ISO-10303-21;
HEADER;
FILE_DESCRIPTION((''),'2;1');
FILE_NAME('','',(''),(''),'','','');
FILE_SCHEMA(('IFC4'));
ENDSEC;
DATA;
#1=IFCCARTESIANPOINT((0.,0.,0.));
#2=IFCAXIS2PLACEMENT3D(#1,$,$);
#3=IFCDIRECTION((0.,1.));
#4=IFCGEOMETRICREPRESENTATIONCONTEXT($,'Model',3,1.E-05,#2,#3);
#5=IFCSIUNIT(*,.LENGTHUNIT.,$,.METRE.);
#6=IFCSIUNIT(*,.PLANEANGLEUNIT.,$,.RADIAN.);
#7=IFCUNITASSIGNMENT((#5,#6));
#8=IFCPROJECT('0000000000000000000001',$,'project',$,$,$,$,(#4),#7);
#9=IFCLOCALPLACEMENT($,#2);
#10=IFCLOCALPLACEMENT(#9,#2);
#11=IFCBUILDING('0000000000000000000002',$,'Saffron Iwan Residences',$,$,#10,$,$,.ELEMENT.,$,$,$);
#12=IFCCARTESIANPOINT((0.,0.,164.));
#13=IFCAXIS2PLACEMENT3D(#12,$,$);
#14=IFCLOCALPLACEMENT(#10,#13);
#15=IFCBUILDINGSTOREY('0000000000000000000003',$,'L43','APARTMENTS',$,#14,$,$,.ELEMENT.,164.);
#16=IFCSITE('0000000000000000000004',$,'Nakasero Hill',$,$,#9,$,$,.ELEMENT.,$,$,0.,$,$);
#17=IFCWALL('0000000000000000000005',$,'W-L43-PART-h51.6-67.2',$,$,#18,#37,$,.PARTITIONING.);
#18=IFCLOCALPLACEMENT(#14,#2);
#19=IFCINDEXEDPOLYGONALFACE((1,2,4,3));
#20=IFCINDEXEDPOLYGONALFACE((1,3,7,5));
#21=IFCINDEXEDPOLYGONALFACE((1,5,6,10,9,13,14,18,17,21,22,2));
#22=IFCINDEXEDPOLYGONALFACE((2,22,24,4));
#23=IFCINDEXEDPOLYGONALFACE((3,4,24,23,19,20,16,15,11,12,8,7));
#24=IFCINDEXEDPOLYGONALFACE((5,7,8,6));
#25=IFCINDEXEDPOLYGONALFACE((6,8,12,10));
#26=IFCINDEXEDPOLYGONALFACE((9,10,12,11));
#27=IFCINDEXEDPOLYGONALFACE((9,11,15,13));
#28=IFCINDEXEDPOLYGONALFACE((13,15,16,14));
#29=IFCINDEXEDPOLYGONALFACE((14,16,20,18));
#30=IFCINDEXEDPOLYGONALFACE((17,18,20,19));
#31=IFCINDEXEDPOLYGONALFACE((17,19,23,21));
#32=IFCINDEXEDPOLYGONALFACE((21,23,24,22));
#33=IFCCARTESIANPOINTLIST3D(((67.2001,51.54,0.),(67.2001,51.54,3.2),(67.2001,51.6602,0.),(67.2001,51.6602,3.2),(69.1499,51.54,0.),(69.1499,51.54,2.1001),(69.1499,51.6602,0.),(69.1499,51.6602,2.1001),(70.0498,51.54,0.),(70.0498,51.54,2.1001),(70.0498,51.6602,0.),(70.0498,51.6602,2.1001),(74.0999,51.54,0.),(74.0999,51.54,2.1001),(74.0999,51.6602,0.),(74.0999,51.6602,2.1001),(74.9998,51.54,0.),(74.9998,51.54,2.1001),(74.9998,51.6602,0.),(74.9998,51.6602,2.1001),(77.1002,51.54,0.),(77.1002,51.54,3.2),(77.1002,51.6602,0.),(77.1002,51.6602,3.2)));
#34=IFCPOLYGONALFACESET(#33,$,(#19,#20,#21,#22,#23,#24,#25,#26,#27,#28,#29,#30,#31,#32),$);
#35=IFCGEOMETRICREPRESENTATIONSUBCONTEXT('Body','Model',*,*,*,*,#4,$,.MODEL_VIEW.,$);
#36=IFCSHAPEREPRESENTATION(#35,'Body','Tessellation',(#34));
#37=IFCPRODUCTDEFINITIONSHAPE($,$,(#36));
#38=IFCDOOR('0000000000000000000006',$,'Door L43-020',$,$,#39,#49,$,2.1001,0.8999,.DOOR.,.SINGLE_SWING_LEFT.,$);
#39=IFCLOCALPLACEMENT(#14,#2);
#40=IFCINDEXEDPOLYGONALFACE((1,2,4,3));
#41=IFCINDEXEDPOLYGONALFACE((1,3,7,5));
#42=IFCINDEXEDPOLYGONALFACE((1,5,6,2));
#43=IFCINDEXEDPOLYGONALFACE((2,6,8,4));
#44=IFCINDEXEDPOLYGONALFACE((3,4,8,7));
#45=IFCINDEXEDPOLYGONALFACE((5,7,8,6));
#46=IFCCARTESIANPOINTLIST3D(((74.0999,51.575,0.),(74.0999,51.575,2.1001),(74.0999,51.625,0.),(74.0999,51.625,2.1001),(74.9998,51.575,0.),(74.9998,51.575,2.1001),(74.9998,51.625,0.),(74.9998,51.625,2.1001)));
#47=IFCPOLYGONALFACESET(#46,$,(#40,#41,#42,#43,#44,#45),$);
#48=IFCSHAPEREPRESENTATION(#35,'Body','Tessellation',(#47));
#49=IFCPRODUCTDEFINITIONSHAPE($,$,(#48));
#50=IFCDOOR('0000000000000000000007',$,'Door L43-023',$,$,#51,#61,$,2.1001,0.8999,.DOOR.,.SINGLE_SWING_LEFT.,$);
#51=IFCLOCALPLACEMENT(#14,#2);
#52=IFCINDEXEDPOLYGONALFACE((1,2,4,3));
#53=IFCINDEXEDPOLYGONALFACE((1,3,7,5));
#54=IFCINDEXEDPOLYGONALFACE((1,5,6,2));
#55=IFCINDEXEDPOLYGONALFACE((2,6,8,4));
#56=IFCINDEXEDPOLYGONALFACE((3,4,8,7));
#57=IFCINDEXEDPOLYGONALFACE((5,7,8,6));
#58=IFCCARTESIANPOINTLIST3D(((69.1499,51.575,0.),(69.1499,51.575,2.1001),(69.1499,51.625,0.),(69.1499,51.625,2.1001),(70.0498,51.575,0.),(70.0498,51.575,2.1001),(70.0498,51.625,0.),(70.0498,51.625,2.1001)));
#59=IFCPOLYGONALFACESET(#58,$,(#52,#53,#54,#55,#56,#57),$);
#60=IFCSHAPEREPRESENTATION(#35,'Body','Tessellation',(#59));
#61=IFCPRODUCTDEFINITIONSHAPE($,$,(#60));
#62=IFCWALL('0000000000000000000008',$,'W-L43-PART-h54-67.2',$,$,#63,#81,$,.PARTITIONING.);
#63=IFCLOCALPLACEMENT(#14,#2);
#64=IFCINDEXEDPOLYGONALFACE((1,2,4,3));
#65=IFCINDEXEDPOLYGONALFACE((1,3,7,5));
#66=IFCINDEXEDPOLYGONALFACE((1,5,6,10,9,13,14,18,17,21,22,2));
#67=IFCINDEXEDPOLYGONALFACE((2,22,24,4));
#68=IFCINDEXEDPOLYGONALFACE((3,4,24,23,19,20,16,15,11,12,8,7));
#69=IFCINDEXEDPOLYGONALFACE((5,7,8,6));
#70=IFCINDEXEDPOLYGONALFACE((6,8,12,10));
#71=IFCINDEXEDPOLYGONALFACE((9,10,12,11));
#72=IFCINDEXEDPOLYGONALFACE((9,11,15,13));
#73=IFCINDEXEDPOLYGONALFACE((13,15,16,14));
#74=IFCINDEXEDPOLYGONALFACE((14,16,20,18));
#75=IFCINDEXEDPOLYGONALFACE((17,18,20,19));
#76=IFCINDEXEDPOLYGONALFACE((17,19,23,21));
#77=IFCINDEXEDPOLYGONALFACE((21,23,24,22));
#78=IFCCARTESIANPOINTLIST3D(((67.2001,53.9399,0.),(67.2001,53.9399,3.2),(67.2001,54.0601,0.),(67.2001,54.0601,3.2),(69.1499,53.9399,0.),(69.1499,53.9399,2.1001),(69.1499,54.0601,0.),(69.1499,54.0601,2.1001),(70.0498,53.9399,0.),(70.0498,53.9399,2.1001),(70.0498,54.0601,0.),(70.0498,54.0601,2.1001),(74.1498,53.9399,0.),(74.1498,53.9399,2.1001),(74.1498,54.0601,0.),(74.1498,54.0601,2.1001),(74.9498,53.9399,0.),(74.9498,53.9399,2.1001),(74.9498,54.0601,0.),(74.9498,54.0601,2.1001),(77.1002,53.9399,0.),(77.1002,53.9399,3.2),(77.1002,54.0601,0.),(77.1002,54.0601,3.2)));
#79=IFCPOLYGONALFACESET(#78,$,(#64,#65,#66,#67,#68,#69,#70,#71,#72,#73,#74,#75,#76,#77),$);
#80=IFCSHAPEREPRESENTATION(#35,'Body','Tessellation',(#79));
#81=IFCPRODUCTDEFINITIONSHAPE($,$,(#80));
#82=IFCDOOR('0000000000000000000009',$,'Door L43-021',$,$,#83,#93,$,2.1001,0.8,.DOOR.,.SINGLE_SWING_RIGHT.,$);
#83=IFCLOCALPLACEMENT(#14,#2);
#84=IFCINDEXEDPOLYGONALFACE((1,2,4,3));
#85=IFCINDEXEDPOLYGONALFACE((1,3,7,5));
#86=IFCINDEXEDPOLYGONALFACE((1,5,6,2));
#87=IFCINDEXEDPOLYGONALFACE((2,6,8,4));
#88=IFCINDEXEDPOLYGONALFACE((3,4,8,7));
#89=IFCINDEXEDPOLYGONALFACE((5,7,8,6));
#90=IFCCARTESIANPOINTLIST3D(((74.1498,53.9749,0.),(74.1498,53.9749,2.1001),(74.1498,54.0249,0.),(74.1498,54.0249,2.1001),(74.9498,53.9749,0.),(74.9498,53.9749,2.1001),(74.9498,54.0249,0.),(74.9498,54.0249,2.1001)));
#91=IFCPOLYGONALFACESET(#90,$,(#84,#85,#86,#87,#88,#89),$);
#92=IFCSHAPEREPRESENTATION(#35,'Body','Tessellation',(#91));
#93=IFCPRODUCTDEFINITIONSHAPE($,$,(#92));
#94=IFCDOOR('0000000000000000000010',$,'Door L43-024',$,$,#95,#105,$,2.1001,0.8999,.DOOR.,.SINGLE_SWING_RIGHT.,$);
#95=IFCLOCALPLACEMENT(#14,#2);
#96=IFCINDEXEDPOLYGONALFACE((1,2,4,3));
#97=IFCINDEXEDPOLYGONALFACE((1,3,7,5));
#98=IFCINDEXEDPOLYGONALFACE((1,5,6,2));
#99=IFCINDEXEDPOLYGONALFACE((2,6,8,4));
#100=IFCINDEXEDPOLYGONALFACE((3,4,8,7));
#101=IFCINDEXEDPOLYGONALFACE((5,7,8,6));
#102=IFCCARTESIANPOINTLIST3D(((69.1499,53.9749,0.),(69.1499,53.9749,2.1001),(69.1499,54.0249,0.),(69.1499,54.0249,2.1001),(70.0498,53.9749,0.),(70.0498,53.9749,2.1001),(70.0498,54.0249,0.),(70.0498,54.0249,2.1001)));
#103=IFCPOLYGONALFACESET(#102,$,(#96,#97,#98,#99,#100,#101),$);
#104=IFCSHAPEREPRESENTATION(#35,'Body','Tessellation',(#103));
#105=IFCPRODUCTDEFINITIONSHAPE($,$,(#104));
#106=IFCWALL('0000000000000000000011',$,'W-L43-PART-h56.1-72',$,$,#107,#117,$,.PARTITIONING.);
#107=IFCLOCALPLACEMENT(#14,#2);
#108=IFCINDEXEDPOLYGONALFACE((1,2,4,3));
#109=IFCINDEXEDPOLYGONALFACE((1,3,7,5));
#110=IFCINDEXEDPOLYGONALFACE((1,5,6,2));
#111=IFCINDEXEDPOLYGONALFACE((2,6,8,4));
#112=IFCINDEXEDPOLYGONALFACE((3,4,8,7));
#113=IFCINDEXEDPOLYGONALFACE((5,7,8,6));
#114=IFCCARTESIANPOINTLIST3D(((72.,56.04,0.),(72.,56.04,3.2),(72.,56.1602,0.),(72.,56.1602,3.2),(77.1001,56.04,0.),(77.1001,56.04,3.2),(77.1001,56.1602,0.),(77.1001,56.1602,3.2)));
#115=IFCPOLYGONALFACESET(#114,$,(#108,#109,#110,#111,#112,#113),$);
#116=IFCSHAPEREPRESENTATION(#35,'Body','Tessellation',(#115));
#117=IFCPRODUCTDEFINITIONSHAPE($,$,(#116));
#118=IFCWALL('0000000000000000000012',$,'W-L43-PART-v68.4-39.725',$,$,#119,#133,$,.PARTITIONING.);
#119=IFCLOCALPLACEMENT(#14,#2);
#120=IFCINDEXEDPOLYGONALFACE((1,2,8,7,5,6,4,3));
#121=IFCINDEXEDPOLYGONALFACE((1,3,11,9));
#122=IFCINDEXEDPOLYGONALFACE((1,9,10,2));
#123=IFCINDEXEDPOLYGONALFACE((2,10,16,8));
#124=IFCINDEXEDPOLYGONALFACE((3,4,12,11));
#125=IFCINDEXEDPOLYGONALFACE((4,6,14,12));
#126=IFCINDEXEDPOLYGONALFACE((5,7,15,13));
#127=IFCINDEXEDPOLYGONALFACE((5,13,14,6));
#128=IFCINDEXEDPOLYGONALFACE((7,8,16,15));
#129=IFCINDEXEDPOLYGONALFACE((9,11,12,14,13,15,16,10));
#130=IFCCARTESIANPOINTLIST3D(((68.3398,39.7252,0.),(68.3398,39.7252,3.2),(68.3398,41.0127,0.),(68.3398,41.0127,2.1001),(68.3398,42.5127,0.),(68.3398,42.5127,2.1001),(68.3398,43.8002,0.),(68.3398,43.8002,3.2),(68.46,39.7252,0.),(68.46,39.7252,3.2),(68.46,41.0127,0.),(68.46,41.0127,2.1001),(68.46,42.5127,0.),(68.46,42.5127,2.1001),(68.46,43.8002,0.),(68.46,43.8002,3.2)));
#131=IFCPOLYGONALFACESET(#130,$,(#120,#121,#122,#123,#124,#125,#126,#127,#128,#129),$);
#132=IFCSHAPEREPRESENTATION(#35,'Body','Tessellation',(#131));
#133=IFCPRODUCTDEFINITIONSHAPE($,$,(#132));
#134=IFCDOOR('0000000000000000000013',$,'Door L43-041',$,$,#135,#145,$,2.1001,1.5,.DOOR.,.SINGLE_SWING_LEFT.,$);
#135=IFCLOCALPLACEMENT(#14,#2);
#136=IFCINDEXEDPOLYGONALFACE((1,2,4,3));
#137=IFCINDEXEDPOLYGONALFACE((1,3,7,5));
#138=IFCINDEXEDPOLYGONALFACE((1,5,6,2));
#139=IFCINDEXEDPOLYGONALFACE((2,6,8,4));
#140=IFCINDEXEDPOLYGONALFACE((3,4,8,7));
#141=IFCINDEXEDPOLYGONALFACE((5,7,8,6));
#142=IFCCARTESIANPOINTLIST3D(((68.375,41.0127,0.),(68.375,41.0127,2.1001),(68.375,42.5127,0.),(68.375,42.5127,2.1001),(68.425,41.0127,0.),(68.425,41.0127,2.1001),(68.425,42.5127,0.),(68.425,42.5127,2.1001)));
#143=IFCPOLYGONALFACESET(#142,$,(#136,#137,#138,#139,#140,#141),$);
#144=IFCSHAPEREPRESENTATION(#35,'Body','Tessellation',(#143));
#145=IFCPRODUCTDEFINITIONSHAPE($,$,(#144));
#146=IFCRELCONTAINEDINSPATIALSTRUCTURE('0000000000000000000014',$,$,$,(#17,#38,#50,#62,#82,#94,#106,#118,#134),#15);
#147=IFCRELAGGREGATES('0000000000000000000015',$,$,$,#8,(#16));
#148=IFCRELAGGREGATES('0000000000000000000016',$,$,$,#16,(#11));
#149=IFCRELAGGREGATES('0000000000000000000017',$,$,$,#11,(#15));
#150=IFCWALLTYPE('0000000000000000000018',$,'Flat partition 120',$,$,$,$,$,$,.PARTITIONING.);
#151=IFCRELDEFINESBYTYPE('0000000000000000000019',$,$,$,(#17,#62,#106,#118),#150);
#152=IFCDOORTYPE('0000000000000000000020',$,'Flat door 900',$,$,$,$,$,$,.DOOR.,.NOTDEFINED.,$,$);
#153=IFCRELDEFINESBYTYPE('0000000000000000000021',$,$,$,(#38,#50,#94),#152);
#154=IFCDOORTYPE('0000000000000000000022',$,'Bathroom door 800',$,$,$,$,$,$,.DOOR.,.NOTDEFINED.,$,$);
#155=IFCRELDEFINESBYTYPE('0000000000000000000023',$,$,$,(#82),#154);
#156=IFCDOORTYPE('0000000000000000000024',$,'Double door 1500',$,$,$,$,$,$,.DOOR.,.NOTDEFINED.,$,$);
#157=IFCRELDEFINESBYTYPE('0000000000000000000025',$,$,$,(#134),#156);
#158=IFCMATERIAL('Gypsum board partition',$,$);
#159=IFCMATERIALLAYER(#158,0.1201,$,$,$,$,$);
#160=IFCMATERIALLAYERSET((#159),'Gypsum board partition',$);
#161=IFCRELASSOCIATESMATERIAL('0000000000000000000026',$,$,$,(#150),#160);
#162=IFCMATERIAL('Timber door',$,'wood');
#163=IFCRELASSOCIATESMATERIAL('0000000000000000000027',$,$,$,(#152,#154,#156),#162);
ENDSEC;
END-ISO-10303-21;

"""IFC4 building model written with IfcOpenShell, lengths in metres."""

from ifc_helpers import new_model, si_unit, direction, frame, frame_2d, origin, place, context, subcontext, project, spatial, rectangle, extrude, material, layer, layer_set, type_object, element, fill, save


model = new_model("IFC4")

# Units and contexts
model_context = context("Model", 3, precision=1e-05, world=origin(), true_north=direction((0.0, 1.0)))
body_context = subcontext(model_context, "Body", "Model", "MODEL_VIEW")
ifc_project = project(units=[si_unit("LENGTHUNIT", "METRE"), si_unit("PLANEANGLEUNIT", "RADIAN")], contexts=[model_context])

# Site, building, storey
site_placement = place(None, origin())
site = spatial("IfcSite", under=ifc_project, at=site_placement, Name="Nakasero Hill", CompositionType="ELEMENT", RefElevation=0.0)
building_placement = place(site_placement, origin())
building = spatial("IfcBuilding", under=site, at=building_placement, Name="Saffron Iwan Residences", CompositionType="ELEMENT")
storey_placement = place(building_placement, frame((0.0, 0.0, 164.0)))
storey = spatial("IfcBuildingStorey", under=building, at=storey_placement, Name="L43", Description="APARTMENTS", CompositionType="ELEMENT", Elevation=164.0)

# Shared definitions
ifc_material_1 = material(Name="Gypsum board partition")
ifc_layer_1 = layer(ifc_material_1, 0.1201)
ifc_layer_set_1 = layer_set([ifc_layer_1], Name="Gypsum board partition")
wall_type_1 = type_object("IfcWallType", Name="Flat partition 120", PredefinedType="PARTITIONING", material=ifc_layer_set_1)
ifc_material_2 = material(Name="Timber door", Category="wood")
door_type_1 = type_object("IfcDoorType", Name="Flat door 900", OperationType="NOTDEFINED", PredefinedType="DOOR", material=ifc_material_2)

# Walls, openings, doors
wall_1_placement = place(storey_placement, frame((67.2, 51.6001, 0.0), z_axis=(0.0, 0.0, 1.0), x_axis=(1.0, 0.0, 0.0)))
wall_1 = element("IfcWall", 1, at=wall_1_placement, inside=storey, type_object=wall_type_1, Name="W-L43-PART-h51.6-67.2", PredefinedType="PARTITIONING", context=body_context, shape_type="SweptSolid", body=[
    extrude(rectangle(XDim=9.9001, YDim=0.1201, at=frame_2d((4.9502, 0.0))), origin(), (0.0, 0.0, 1.0), 3.2),
])
opening_1_placement = place(wall_1_placement, frame((6.8999, 0.0, 0.0)))
opening_1 = element("IfcOpeningElement", 2, at=opening_1_placement, cuts=wall_1, PredefinedType="OPENING", context=body_context, shape_type="SweptSolid", body=[
    extrude(rectangle(XDim=0.8999, YDim=2.1001, at=frame_2d((0.45, 1.05))), frame((0.0, 0.0701, 0.0), z_axis=(0.0, -1.0, 0.0), x_axis=(1.0, 0.0, 0.0)), (0.0, 0.0, 1.0), 0.1401),
])
opening_2_placement = place(wall_1_placement, frame((1.95, 0.0, 0.0)))
opening_2 = element("IfcOpeningElement", 3, at=opening_2_placement, cuts=wall_1, PredefinedType="OPENING", context=body_context, shape_type="SweptSolid", body=[
    extrude(rectangle(XDim=0.8999, YDim=2.1001, at=frame_2d((0.45, 1.05))), frame((0.0, 0.0701, 0.0), z_axis=(0.0, -1.0, 0.0), x_axis=(1.0, 0.0, 0.0)), (0.0, 0.0, 1.0), 0.1401),
])
door_1_placement = place(opening_1_placement, origin())
door_1 = element("IfcDoor", 4, at=door_1_placement, inside=storey, type_object=door_type_1, Name="Door L43-020", OperationType="SINGLE_SWING_LEFT", OverallHeight=2.1001, OverallWidth=0.8999, PredefinedType="DOOR", context=body_context, shape_type="SweptSolid", body=[
    extrude(rectangle(XDim=0.8999, YDim=2.1001, at=frame_2d((0.45, 1.05))), frame((0.0, 0.0249, 0.0), z_axis=(0.0, -1.0, 0.0), x_axis=(1.0, 0.0, 0.0)), (0.0, 0.0, 1.0), 0.05),
])
fill(opening_1, door_1)
door_2_placement = place(opening_2_placement, origin())
door_2 = element("IfcDoor", 5, at=door_2_placement, inside=storey, type_object=door_type_1, Name="Door L43-023", OperationType="SINGLE_SWING_LEFT", OverallHeight=2.1001, OverallWidth=0.8999, PredefinedType="DOOR", context=body_context, shape_type="SweptSolid", body=[
    extrude(rectangle(XDim=0.8999, YDim=2.1001, at=frame_2d((0.45, 1.05))), frame((0.0, 0.0249, 0.0), z_axis=(0.0, -1.0, 0.0), x_axis=(1.0, 0.0, 0.0)), (0.0, 0.0, 1.0), 0.05),
])
fill(opening_2, door_2)
wall_2_placement = place(storey_placement, frame((67.2, 54.0, 0.0), z_axis=(0.0, 0.0, 1.0), x_axis=(1.0, 0.0, 0.0)))
wall_2 = element("IfcWall", 6, at=wall_2_placement, inside=storey, type_object=wall_type_1, Name="W-L43-PART-h54-67.2", PredefinedType="PARTITIONING", context=body_context, shape_type="SweptSolid", body=[
    extrude(rectangle(XDim=9.9001, YDim=0.1201, at=frame_2d((4.9502, 0.0))), origin(), (0.0, 0.0, 1.0), 3.2),
])
opening_3_placement = place(wall_2_placement, frame((6.95, 0.0, 0.0)))
opening_3 = element("IfcOpeningElement", 7, at=opening_3_placement, cuts=wall_2, PredefinedType="OPENING", context=body_context, shape_type="SweptSolid", body=[
    extrude(rectangle(XDim=0.8, YDim=2.1001, at=frame_2d((0.3999, 1.05))), frame((0.0, 0.0701, 0.0), z_axis=(0.0, -1.0, 0.0), x_axis=(1.0, 0.0, 0.0)), (0.0, 0.0, 1.0), 0.1401),
])
opening_4_placement = place(wall_2_placement, frame((1.95, 0.0, 0.0)))
opening_4 = element("IfcOpeningElement", 8, at=opening_4_placement, cuts=wall_2, PredefinedType="OPENING", context=body_context, shape_type="SweptSolid", body=[
    extrude(rectangle(XDim=0.8999, YDim=2.1001, at=frame_2d((0.45, 1.05))), frame((0.0, 0.0701, 0.0), z_axis=(0.0, -1.0, 0.0), x_axis=(1.0, 0.0, 0.0)), (0.0, 0.0, 1.0), 0.1401),
])
door_type_2 = type_object("IfcDoorType", Name="Bathroom door 800", OperationType="NOTDEFINED", PredefinedType="DOOR", material=ifc_material_2)
door_3_placement = place(opening_3_placement, origin())
door_3 = element("IfcDoor", 9, at=door_3_placement, inside=storey, type_object=door_type_2, Name="Door L43-021", OperationType="SINGLE_SWING_RIGHT", OverallHeight=2.1001, OverallWidth=0.8, PredefinedType="DOOR", context=body_context, shape_type="SweptSolid", body=[
    extrude(rectangle(XDim=0.8, YDim=2.1001, at=frame_2d((0.3999, 1.05))), frame((0.0, 0.0249, 0.0), z_axis=(0.0, -1.0, 0.0), x_axis=(1.0, 0.0, 0.0)), (0.0, 0.0, 1.0), 0.05),
])
fill(opening_3, door_3)
door_4_placement = place(opening_4_placement, origin())
door_4 = element("IfcDoor", 10, at=door_4_placement, inside=storey, type_object=door_type_1, Name="Door L43-024", OperationType="SINGLE_SWING_RIGHT", OverallHeight=2.1001, OverallWidth=0.8999, PredefinedType="DOOR", context=body_context, shape_type="SweptSolid", body=[
    extrude(rectangle(XDim=0.8999, YDim=2.1001, at=frame_2d((0.45, 1.05))), frame((0.0, 0.0249, 0.0), z_axis=(0.0, -1.0, 0.0), x_axis=(1.0, 0.0, 0.0)), (0.0, 0.0, 1.0), 0.05),
])
fill(opening_4, door_4)

# Wall
wall_3_placement = place(storey_placement, frame((72.0, 56.1001, 0.0), z_axis=(0.0, 0.0, 1.0), x_axis=(1.0, 0.0, 0.0)))
element("IfcWall", 11, at=wall_3_placement, inside=storey, type_object=wall_type_1, Name="W-L43-PART-h56.1-72", PredefinedType="PARTITIONING", context=body_context, shape_type="SweptSolid", body=[
    extrude(rectangle(XDim=5.1001, YDim=0.1201, at=frame_2d((2.55, 0.0))), origin(), (0.0, 0.0, 1.0), 3.2),
])

# Wall, opening, door
wall_4_placement = place(storey_placement, frame((68.3999, 39.7251, 0.0), z_axis=(0.0, 0.0, 1.0), x_axis=(0.0, 1.0, 0.0)))
wall_4 = element("IfcWall", 12, at=wall_4_placement, inside=storey, type_object=wall_type_1, Name="W-L43-PART-v68.4-39.725", PredefinedType="PARTITIONING", context=body_context, shape_type="SweptSolid", body=[
    extrude(rectangle(XDim=4.075, YDim=0.1201, at=frame_2d((2.0376, 0.0))), origin(), (0.0, 0.0, 1.0), 3.2),
])
opening_5_placement = place(wall_4_placement, frame((1.2876, 0.0, 0.0)))
opening_5 = element("IfcOpeningElement", 13, at=opening_5_placement, cuts=wall_4, PredefinedType="OPENING", context=body_context, shape_type="SweptSolid", body=[
    extrude(rectangle(XDim=1.5, YDim=2.1001, at=frame_2d((0.75, 1.05))), frame((0.0, 0.0701, 0.0), z_axis=(0.0, -1.0, 0.0), x_axis=(1.0, 0.0, 0.0)), (0.0, 0.0, 1.0), 0.1401),
])
door_type_3 = type_object("IfcDoorType", Name="Double door 1500", OperationType="NOTDEFINED", PredefinedType="DOOR", material=ifc_material_2)
door_5_placement = place(opening_5_placement, origin())
door_5 = element("IfcDoor", 14, at=door_5_placement, inside=storey, type_object=door_type_3, Name="Door L43-041", OperationType="SINGLE_SWING_LEFT", OverallHeight=2.1001, OverallWidth=1.5, PredefinedType="DOOR", context=body_context, shape_type="SweptSolid", body=[
    extrude(rectangle(XDim=1.5, YDim=2.1001, at=frame_2d((0.75, 1.05))), frame((0.0, 0.0249, 0.0), z_axis=(0.0, -1.0, 0.0), x_axis=(1.0, 0.0, 0.0)), (0.0, 0.0, 1.0), 0.05),
])
fill(opening_5, door_5)

save(model, "model.ifc")
